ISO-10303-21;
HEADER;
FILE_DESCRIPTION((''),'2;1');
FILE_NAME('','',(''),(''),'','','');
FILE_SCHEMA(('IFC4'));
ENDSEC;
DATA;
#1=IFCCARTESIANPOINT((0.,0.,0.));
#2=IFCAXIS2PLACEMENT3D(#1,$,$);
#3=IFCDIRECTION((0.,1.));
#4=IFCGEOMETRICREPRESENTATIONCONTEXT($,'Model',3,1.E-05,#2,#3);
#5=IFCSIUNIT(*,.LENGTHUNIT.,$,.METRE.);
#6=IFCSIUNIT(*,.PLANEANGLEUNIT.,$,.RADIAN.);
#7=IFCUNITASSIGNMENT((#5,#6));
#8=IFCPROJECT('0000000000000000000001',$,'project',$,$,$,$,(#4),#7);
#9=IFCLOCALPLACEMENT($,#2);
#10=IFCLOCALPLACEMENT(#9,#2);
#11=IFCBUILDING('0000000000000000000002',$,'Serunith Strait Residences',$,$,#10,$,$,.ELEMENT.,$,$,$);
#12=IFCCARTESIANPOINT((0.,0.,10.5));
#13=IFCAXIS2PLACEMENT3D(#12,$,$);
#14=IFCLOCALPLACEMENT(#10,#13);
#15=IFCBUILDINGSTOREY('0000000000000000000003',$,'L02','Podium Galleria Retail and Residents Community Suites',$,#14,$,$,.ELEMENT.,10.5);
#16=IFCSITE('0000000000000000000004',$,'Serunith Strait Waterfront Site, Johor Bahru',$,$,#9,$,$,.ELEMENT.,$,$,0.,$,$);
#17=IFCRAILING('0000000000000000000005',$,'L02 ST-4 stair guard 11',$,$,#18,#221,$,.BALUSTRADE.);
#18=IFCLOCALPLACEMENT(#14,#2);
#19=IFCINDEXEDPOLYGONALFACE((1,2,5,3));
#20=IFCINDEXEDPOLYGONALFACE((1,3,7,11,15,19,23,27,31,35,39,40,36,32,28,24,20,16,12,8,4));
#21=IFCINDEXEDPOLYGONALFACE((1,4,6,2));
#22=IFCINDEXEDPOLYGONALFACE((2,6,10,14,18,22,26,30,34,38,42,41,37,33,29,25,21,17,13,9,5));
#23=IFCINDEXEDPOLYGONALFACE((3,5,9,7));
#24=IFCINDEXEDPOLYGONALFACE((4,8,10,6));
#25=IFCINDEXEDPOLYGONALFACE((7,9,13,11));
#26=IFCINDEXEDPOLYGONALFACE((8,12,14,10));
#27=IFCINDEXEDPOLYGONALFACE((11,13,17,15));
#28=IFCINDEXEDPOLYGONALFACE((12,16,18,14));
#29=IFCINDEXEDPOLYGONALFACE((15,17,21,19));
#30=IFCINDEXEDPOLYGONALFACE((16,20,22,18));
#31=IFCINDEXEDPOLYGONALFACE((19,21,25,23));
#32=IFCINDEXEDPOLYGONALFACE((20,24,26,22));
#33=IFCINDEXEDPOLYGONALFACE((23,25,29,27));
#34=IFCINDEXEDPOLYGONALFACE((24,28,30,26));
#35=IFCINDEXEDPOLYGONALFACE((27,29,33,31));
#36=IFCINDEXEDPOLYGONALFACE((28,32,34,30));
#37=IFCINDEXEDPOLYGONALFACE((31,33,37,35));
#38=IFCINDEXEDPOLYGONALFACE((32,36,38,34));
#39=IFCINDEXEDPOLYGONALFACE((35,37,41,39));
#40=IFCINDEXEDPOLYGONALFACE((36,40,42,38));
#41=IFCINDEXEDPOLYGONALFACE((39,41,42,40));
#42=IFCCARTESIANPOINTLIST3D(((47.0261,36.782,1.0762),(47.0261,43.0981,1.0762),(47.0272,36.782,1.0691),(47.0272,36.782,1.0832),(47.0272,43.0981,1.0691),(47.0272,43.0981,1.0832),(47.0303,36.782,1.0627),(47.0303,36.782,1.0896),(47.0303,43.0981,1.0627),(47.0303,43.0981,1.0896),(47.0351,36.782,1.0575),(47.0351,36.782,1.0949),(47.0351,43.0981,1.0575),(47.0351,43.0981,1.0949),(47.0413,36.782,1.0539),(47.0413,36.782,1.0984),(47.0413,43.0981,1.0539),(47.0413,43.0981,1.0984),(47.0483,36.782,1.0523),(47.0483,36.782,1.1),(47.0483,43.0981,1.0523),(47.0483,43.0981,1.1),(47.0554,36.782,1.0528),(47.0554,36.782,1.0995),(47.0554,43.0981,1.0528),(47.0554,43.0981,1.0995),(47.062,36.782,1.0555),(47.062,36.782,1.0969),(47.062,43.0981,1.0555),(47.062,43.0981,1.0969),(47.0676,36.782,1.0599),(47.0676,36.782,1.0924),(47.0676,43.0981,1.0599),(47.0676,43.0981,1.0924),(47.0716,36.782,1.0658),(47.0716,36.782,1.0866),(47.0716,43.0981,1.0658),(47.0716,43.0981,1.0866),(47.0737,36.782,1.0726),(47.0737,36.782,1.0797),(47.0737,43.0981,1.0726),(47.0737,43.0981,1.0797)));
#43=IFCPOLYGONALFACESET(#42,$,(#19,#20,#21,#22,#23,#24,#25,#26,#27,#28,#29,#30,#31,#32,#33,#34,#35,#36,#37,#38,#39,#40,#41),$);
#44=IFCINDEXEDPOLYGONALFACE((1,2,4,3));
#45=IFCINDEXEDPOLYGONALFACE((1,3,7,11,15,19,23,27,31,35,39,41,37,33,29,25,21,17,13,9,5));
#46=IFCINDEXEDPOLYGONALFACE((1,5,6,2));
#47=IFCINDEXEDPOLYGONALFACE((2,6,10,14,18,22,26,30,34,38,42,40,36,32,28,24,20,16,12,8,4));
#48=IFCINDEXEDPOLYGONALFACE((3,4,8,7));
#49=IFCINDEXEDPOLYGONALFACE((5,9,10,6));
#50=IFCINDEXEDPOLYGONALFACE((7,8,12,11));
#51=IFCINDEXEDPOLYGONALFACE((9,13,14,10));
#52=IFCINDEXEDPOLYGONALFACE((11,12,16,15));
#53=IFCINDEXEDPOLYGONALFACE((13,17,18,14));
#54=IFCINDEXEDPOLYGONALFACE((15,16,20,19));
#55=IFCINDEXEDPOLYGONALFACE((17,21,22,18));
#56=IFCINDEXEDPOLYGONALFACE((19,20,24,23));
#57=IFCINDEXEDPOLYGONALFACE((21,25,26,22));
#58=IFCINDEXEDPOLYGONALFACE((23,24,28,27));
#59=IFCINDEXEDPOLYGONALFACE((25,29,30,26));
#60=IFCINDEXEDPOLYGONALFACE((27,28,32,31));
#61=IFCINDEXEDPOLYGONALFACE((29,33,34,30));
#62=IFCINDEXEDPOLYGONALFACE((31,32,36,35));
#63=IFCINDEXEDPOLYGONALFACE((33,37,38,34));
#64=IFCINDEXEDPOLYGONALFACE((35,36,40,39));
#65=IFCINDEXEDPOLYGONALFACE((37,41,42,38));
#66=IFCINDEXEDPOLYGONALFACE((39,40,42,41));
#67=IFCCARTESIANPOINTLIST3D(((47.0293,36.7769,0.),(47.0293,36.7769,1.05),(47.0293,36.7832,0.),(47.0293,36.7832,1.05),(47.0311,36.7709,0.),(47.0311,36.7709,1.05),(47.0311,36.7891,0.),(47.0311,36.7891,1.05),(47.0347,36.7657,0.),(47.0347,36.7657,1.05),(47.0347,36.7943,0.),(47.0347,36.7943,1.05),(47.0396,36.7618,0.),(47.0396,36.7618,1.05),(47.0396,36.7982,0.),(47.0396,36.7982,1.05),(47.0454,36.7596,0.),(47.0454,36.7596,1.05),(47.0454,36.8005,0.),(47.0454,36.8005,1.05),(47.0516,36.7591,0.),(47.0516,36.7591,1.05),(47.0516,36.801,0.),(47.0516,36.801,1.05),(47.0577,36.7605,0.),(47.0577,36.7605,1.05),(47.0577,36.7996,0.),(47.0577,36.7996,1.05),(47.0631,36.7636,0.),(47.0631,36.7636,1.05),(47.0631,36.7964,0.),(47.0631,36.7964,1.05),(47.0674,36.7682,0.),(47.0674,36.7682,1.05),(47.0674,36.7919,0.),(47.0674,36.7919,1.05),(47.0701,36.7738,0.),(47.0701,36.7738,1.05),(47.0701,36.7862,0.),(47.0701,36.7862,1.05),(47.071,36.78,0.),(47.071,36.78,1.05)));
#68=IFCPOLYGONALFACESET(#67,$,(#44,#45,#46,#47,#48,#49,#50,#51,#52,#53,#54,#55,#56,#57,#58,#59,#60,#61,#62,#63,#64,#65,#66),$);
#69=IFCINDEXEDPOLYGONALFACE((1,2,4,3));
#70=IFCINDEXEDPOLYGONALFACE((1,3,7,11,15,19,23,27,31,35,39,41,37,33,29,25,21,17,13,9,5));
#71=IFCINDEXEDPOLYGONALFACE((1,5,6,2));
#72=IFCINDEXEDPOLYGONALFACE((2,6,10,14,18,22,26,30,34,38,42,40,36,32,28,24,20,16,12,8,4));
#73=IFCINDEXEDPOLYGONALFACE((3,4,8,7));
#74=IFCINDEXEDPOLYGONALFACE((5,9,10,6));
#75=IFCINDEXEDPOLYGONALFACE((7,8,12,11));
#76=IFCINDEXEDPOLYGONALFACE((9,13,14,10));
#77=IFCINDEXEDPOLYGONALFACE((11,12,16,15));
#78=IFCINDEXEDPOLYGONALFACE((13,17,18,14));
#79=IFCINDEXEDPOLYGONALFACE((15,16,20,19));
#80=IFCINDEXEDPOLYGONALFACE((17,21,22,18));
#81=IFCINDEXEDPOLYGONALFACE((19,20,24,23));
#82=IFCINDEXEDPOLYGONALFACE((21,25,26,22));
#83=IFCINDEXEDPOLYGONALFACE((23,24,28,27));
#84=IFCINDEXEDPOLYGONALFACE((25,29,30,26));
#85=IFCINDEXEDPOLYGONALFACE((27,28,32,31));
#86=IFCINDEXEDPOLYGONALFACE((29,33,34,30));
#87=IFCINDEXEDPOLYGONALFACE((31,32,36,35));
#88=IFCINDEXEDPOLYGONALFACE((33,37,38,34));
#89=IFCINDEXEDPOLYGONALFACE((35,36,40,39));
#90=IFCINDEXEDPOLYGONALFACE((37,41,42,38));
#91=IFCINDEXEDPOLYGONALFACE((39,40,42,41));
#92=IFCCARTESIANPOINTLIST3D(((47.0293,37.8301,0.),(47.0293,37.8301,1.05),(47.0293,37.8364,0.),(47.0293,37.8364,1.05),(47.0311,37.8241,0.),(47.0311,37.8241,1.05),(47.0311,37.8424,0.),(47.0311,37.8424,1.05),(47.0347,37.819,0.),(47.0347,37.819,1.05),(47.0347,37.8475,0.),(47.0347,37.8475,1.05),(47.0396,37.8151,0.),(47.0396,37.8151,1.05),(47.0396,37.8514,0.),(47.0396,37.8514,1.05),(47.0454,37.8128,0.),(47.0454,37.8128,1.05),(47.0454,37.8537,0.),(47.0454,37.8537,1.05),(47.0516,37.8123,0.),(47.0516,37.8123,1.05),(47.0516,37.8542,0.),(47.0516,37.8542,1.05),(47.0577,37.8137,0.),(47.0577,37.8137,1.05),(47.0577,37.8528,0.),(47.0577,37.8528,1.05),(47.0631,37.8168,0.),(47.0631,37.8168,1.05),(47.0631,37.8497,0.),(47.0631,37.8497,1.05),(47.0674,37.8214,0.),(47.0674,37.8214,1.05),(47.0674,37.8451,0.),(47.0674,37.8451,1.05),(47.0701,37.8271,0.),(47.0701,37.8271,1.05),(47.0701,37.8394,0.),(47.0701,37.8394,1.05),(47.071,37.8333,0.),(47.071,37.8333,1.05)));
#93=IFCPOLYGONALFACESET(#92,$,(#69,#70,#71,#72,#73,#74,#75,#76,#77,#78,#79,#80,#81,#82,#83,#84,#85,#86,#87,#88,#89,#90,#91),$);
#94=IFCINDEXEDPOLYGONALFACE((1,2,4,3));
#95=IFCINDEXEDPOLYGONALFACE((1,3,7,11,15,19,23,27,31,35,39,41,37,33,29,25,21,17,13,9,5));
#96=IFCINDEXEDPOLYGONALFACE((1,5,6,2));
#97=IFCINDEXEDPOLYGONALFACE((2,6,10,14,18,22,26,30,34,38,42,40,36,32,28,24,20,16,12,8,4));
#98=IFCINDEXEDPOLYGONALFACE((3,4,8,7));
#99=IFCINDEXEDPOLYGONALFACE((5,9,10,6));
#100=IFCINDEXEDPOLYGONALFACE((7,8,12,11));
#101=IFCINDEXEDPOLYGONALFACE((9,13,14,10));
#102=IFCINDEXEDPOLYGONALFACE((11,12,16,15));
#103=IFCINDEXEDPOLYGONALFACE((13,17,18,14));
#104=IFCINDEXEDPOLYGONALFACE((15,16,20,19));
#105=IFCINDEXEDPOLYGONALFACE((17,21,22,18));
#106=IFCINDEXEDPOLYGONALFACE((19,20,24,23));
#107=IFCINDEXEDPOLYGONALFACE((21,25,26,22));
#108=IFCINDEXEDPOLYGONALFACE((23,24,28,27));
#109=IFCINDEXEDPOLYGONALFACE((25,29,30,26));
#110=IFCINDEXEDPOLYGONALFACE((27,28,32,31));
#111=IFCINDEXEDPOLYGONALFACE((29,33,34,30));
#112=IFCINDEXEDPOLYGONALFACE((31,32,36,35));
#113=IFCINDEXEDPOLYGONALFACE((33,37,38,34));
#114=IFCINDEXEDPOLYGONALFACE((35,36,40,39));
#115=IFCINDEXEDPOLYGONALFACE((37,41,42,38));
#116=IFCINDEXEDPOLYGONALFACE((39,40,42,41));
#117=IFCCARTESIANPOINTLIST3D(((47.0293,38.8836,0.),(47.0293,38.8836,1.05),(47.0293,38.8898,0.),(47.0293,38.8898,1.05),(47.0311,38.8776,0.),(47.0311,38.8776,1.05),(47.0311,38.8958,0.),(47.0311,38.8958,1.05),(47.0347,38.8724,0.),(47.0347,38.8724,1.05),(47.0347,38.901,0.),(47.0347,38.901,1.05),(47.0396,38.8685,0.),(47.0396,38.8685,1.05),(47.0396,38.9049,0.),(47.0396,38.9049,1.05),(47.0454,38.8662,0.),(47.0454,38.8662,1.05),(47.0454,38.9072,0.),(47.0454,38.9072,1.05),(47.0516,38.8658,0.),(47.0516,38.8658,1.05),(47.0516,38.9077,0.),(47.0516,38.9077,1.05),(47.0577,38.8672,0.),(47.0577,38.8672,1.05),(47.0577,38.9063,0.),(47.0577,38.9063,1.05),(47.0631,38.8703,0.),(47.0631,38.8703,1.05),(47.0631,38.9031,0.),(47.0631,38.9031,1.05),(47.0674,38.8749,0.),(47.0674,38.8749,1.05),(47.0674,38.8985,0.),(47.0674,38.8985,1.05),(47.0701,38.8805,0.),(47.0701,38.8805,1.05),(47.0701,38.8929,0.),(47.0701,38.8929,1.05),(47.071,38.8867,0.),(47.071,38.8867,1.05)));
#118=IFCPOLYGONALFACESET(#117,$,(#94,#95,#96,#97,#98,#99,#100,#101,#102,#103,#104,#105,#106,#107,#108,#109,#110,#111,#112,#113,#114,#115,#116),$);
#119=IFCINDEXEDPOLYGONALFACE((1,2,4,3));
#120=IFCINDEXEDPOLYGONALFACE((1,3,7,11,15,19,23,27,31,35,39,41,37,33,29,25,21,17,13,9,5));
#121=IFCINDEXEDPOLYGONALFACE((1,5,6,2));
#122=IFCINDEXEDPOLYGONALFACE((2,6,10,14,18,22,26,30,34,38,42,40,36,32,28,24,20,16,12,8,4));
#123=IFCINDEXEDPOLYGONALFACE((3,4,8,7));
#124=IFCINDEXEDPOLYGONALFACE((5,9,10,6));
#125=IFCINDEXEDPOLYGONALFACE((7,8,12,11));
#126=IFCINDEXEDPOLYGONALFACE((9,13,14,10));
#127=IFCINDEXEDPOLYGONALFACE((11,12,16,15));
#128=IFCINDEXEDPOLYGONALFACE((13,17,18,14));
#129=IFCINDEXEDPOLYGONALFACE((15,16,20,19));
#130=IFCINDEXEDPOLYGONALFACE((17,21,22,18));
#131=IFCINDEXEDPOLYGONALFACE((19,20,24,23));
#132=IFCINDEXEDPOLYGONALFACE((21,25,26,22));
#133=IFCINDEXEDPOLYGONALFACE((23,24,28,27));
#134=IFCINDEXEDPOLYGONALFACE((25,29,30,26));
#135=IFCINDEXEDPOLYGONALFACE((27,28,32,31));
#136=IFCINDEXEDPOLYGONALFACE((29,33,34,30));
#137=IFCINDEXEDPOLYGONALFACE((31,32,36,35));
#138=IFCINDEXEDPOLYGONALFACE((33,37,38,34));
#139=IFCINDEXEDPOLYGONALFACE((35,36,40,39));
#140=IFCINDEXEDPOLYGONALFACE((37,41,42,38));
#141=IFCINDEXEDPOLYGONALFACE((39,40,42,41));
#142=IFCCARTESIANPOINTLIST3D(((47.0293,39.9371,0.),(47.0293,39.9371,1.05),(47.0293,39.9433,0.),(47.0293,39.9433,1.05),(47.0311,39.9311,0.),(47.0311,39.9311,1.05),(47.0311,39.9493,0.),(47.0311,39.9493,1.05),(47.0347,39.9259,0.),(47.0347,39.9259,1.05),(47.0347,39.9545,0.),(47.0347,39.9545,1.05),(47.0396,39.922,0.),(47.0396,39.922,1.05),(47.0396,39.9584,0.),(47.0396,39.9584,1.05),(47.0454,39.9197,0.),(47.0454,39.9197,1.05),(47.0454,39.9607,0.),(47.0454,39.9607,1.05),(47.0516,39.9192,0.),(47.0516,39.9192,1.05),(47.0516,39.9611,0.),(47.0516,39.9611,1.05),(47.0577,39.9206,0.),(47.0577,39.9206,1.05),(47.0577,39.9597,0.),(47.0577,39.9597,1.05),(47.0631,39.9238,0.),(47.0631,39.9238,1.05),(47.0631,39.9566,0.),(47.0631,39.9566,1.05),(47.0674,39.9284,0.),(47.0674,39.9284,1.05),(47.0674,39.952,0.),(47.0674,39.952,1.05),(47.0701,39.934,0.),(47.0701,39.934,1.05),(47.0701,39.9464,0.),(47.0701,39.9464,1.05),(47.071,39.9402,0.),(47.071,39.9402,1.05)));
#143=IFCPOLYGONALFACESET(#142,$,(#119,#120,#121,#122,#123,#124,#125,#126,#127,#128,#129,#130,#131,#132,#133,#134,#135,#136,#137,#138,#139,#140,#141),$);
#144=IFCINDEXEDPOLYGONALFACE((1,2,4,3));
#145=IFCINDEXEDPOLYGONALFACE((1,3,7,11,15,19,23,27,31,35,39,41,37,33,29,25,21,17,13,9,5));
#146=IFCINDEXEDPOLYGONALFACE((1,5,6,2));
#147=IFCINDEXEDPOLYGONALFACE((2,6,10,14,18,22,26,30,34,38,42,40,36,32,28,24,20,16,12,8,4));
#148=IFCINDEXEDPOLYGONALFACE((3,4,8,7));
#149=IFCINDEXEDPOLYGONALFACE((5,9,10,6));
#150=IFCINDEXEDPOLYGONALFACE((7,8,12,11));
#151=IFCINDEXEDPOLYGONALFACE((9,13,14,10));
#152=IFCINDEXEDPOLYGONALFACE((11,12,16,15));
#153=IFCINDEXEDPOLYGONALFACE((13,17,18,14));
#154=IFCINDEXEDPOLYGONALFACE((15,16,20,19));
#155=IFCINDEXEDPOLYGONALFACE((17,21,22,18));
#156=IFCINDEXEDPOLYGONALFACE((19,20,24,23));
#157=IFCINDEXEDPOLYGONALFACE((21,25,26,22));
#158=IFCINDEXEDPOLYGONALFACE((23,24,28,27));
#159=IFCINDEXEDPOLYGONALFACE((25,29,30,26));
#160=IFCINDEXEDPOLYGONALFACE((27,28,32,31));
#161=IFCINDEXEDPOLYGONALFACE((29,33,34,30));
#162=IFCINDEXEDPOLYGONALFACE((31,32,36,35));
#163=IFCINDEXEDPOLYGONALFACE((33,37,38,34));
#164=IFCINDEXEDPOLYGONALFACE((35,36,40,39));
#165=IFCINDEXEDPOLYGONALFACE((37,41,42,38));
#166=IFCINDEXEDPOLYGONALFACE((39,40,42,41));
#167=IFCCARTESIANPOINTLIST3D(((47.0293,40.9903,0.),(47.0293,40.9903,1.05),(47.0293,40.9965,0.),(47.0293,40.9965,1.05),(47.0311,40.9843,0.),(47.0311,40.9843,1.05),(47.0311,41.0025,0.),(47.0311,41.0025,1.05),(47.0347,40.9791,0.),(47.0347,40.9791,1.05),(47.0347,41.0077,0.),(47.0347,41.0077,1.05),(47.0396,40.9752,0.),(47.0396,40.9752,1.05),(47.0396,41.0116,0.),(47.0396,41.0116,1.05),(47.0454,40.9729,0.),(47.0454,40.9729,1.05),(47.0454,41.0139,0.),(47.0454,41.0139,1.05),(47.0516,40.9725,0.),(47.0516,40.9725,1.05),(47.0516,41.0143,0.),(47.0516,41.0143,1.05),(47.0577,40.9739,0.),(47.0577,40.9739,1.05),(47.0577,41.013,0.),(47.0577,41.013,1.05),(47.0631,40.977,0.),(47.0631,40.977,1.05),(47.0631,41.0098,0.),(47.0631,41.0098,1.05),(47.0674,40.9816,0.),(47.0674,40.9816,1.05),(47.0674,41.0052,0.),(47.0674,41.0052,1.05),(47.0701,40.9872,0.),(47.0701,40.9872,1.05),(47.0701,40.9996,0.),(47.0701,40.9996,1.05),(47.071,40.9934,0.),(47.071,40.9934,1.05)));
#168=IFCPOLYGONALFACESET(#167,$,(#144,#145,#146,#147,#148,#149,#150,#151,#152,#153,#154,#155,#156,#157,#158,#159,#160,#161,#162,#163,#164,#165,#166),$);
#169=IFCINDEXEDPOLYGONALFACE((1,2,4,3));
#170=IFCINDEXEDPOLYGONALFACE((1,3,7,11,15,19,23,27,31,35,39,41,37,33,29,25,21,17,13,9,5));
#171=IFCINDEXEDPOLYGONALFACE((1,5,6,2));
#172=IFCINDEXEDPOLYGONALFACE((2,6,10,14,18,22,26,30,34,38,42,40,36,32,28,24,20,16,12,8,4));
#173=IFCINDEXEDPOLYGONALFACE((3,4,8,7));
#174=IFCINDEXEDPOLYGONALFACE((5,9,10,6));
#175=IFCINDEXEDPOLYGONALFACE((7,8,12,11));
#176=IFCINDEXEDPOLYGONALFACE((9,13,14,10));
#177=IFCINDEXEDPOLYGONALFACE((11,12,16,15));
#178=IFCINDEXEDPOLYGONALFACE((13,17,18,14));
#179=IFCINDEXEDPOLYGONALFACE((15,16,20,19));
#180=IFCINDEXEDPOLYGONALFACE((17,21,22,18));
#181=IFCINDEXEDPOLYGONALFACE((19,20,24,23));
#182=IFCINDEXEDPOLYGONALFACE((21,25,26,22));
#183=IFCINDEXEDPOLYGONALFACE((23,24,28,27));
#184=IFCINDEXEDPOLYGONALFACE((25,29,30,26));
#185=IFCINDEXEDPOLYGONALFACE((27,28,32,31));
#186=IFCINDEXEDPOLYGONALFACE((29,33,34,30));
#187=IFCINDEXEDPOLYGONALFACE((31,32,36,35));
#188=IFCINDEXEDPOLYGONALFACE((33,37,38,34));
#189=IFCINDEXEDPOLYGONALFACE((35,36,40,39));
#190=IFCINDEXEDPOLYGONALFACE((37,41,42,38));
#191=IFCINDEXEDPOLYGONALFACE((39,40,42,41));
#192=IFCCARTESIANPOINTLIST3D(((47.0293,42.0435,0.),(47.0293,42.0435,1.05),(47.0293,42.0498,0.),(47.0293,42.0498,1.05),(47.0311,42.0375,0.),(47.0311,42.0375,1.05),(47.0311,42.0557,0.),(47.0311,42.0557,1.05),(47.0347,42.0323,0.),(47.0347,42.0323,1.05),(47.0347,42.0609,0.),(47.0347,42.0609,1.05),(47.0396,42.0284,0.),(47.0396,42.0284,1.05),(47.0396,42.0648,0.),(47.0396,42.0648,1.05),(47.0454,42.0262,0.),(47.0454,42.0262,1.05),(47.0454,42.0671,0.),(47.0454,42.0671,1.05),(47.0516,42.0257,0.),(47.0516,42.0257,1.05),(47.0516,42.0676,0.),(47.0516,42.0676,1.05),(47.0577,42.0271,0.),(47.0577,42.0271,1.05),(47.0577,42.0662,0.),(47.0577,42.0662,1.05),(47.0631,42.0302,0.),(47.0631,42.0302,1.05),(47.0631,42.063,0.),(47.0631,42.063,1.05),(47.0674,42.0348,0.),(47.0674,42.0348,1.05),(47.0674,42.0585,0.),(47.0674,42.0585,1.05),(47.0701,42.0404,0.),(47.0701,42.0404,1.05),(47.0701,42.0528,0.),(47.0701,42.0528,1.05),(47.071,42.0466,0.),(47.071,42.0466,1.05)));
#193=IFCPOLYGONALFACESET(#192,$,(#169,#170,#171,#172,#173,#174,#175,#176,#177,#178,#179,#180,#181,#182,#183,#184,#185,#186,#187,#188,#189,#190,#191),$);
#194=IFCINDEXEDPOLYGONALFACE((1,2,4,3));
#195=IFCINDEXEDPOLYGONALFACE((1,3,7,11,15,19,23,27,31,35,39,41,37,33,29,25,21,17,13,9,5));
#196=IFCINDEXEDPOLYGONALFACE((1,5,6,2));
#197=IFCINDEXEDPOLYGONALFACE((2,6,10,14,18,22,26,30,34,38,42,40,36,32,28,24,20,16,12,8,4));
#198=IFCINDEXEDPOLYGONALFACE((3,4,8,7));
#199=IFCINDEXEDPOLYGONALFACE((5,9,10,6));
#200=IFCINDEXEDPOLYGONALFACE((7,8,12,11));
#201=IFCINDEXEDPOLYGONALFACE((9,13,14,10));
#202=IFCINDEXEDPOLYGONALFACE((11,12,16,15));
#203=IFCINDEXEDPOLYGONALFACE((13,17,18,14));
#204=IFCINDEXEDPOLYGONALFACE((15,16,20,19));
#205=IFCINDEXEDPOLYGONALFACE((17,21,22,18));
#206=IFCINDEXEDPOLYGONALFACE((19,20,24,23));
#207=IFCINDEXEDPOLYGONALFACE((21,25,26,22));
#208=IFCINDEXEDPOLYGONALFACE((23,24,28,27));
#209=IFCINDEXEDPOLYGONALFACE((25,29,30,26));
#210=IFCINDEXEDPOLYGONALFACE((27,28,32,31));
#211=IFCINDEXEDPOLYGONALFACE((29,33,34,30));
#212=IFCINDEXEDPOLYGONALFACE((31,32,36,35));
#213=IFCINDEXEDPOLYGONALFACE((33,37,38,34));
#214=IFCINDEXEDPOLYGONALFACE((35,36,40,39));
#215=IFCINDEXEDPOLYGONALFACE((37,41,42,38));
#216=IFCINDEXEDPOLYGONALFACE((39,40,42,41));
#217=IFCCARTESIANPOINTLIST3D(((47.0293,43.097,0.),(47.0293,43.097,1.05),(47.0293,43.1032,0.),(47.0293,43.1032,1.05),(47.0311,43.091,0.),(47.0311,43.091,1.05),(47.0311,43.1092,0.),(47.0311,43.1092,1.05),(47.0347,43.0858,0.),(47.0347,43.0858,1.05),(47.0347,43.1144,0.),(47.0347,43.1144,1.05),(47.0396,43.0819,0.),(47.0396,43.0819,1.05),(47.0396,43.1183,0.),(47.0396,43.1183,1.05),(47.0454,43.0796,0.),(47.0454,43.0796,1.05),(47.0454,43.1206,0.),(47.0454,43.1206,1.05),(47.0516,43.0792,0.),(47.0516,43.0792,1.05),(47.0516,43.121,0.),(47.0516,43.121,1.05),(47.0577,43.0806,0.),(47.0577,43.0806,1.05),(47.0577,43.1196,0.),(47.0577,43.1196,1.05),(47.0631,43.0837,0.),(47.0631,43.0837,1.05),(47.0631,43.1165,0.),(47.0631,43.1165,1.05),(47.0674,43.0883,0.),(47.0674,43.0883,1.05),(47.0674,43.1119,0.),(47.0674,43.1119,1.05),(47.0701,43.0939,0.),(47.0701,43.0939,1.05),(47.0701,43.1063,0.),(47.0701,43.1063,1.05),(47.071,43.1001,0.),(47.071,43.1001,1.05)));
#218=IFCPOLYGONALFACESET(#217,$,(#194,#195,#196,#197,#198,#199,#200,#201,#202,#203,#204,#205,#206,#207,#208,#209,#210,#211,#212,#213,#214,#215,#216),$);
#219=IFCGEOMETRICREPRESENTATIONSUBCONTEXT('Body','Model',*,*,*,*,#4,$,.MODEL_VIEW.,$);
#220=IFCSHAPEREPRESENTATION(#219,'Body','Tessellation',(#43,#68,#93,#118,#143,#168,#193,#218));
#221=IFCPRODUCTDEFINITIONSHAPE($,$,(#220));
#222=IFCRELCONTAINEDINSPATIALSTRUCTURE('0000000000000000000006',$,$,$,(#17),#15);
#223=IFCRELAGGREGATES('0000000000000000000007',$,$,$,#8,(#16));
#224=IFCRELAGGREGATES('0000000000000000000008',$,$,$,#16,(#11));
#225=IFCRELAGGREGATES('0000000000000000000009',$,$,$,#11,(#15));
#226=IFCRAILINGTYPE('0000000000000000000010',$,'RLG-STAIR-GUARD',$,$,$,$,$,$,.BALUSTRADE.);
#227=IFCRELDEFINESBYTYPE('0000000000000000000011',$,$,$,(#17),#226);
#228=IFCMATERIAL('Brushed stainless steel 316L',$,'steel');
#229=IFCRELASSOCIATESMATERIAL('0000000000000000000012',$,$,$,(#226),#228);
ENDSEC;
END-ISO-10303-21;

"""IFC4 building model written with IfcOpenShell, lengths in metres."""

from ifc_helpers import new_model, si_unit, direction, frame, origin, origin_2d, place, context, subcontext, project, spatial, circle, extrude, material, type_object, element, save


model = new_model("IFC4")

# Units and contexts
model_context = context("Model", 3, precision=1e-05, world=origin(), true_north=direction((0.0, 1.0)))
body_context = subcontext(model_context, "Body", "Model", "MODEL_VIEW")
ifc_project = project(units=[si_unit("LENGTHUNIT", "METRE"), si_unit("PLANEANGLEUNIT", "RADIAN")], contexts=[model_context])

# Site, building, storey
site_placement = place(None, origin())
site = spatial("IfcSite", under=ifc_project, at=site_placement, Name="Serunith Strait Waterfront Site, Johor Bahru", CompositionType="ELEMENT", RefElevation=0.0)
building_placement = place(site_placement, origin())
building = spatial("IfcBuilding", under=site, at=building_placement, Name="Serunith Strait Residences", CompositionType="ELEMENT")
storey_placement = place(building_placement, frame((0.0, 0.0, 10.5)))
storey = spatial("IfcBuildingStorey", under=building, at=storey_placement, Name="L02", Description="Podium Galleria Retail and Residents Community Suites", CompositionType="ELEMENT", Elevation=10.5)

# Railing
ifc_material_1 = material(Name="Brushed stainless steel 316L", Category="steel")
railing_type = type_object("IfcRailingType", Name="RLG-STAIR-GUARD", PredefinedType="BALUSTRADE", material=ifc_material_1)
railing_1_placement = place(storey_placement, frame((47.05, 36.78, 0.0)))
element("IfcRailing", 1, at=railing_1_placement, inside=storey, type_object=railing_type, Name="L02 ST-4 stair guard 11", PredefinedType="BALUSTRADE", context=body_context, shape_type="SweptSolid", body=[
    extrude(circle(Radius=0.0239, at=origin_2d()), frame((0.0, 0.002, 1.0762), z_axis=(0.0, 1.0, 0.0), x_axis=(-1.0, 0.0, 0.0)), (0.0, 0.0, 1.0), 6.3162),
    extrude(circle(Radius=0.021, at=origin_2d()), origin(), (0.0, 0.0, 1.0), 1.05),
    extrude(circle(Radius=0.021, at=origin_2d()), frame((0.0, 1.0532, 0.0)), (0.0, 0.0, 1.0), 1.05),
    extrude(circle(Radius=0.021, at=origin_2d()), frame((0.0, 2.1067, 0.0)), (0.0, 0.0, 1.0), 1.05),
    extrude(circle(Radius=0.021, at=origin_2d()), frame((0.0, 3.1602, 0.0)), (0.0, 0.0, 1.0), 1.05),
    extrude(circle(Radius=0.021, at=origin_2d()), frame((0.0, 4.2134, 0.0)), (0.0, 0.0, 1.0), 1.05),
    extrude(circle(Radius=0.021, at=origin_2d()), frame((0.0, 5.2666, 0.0)), (0.0, 0.0, 1.0), 1.05),
    extrude(circle(Radius=0.021, at=origin_2d()), frame((0.0, 6.3201, 0.0)), (0.0, 0.0, 1.0), 1.05),
])

save(model, "model.ifc")
